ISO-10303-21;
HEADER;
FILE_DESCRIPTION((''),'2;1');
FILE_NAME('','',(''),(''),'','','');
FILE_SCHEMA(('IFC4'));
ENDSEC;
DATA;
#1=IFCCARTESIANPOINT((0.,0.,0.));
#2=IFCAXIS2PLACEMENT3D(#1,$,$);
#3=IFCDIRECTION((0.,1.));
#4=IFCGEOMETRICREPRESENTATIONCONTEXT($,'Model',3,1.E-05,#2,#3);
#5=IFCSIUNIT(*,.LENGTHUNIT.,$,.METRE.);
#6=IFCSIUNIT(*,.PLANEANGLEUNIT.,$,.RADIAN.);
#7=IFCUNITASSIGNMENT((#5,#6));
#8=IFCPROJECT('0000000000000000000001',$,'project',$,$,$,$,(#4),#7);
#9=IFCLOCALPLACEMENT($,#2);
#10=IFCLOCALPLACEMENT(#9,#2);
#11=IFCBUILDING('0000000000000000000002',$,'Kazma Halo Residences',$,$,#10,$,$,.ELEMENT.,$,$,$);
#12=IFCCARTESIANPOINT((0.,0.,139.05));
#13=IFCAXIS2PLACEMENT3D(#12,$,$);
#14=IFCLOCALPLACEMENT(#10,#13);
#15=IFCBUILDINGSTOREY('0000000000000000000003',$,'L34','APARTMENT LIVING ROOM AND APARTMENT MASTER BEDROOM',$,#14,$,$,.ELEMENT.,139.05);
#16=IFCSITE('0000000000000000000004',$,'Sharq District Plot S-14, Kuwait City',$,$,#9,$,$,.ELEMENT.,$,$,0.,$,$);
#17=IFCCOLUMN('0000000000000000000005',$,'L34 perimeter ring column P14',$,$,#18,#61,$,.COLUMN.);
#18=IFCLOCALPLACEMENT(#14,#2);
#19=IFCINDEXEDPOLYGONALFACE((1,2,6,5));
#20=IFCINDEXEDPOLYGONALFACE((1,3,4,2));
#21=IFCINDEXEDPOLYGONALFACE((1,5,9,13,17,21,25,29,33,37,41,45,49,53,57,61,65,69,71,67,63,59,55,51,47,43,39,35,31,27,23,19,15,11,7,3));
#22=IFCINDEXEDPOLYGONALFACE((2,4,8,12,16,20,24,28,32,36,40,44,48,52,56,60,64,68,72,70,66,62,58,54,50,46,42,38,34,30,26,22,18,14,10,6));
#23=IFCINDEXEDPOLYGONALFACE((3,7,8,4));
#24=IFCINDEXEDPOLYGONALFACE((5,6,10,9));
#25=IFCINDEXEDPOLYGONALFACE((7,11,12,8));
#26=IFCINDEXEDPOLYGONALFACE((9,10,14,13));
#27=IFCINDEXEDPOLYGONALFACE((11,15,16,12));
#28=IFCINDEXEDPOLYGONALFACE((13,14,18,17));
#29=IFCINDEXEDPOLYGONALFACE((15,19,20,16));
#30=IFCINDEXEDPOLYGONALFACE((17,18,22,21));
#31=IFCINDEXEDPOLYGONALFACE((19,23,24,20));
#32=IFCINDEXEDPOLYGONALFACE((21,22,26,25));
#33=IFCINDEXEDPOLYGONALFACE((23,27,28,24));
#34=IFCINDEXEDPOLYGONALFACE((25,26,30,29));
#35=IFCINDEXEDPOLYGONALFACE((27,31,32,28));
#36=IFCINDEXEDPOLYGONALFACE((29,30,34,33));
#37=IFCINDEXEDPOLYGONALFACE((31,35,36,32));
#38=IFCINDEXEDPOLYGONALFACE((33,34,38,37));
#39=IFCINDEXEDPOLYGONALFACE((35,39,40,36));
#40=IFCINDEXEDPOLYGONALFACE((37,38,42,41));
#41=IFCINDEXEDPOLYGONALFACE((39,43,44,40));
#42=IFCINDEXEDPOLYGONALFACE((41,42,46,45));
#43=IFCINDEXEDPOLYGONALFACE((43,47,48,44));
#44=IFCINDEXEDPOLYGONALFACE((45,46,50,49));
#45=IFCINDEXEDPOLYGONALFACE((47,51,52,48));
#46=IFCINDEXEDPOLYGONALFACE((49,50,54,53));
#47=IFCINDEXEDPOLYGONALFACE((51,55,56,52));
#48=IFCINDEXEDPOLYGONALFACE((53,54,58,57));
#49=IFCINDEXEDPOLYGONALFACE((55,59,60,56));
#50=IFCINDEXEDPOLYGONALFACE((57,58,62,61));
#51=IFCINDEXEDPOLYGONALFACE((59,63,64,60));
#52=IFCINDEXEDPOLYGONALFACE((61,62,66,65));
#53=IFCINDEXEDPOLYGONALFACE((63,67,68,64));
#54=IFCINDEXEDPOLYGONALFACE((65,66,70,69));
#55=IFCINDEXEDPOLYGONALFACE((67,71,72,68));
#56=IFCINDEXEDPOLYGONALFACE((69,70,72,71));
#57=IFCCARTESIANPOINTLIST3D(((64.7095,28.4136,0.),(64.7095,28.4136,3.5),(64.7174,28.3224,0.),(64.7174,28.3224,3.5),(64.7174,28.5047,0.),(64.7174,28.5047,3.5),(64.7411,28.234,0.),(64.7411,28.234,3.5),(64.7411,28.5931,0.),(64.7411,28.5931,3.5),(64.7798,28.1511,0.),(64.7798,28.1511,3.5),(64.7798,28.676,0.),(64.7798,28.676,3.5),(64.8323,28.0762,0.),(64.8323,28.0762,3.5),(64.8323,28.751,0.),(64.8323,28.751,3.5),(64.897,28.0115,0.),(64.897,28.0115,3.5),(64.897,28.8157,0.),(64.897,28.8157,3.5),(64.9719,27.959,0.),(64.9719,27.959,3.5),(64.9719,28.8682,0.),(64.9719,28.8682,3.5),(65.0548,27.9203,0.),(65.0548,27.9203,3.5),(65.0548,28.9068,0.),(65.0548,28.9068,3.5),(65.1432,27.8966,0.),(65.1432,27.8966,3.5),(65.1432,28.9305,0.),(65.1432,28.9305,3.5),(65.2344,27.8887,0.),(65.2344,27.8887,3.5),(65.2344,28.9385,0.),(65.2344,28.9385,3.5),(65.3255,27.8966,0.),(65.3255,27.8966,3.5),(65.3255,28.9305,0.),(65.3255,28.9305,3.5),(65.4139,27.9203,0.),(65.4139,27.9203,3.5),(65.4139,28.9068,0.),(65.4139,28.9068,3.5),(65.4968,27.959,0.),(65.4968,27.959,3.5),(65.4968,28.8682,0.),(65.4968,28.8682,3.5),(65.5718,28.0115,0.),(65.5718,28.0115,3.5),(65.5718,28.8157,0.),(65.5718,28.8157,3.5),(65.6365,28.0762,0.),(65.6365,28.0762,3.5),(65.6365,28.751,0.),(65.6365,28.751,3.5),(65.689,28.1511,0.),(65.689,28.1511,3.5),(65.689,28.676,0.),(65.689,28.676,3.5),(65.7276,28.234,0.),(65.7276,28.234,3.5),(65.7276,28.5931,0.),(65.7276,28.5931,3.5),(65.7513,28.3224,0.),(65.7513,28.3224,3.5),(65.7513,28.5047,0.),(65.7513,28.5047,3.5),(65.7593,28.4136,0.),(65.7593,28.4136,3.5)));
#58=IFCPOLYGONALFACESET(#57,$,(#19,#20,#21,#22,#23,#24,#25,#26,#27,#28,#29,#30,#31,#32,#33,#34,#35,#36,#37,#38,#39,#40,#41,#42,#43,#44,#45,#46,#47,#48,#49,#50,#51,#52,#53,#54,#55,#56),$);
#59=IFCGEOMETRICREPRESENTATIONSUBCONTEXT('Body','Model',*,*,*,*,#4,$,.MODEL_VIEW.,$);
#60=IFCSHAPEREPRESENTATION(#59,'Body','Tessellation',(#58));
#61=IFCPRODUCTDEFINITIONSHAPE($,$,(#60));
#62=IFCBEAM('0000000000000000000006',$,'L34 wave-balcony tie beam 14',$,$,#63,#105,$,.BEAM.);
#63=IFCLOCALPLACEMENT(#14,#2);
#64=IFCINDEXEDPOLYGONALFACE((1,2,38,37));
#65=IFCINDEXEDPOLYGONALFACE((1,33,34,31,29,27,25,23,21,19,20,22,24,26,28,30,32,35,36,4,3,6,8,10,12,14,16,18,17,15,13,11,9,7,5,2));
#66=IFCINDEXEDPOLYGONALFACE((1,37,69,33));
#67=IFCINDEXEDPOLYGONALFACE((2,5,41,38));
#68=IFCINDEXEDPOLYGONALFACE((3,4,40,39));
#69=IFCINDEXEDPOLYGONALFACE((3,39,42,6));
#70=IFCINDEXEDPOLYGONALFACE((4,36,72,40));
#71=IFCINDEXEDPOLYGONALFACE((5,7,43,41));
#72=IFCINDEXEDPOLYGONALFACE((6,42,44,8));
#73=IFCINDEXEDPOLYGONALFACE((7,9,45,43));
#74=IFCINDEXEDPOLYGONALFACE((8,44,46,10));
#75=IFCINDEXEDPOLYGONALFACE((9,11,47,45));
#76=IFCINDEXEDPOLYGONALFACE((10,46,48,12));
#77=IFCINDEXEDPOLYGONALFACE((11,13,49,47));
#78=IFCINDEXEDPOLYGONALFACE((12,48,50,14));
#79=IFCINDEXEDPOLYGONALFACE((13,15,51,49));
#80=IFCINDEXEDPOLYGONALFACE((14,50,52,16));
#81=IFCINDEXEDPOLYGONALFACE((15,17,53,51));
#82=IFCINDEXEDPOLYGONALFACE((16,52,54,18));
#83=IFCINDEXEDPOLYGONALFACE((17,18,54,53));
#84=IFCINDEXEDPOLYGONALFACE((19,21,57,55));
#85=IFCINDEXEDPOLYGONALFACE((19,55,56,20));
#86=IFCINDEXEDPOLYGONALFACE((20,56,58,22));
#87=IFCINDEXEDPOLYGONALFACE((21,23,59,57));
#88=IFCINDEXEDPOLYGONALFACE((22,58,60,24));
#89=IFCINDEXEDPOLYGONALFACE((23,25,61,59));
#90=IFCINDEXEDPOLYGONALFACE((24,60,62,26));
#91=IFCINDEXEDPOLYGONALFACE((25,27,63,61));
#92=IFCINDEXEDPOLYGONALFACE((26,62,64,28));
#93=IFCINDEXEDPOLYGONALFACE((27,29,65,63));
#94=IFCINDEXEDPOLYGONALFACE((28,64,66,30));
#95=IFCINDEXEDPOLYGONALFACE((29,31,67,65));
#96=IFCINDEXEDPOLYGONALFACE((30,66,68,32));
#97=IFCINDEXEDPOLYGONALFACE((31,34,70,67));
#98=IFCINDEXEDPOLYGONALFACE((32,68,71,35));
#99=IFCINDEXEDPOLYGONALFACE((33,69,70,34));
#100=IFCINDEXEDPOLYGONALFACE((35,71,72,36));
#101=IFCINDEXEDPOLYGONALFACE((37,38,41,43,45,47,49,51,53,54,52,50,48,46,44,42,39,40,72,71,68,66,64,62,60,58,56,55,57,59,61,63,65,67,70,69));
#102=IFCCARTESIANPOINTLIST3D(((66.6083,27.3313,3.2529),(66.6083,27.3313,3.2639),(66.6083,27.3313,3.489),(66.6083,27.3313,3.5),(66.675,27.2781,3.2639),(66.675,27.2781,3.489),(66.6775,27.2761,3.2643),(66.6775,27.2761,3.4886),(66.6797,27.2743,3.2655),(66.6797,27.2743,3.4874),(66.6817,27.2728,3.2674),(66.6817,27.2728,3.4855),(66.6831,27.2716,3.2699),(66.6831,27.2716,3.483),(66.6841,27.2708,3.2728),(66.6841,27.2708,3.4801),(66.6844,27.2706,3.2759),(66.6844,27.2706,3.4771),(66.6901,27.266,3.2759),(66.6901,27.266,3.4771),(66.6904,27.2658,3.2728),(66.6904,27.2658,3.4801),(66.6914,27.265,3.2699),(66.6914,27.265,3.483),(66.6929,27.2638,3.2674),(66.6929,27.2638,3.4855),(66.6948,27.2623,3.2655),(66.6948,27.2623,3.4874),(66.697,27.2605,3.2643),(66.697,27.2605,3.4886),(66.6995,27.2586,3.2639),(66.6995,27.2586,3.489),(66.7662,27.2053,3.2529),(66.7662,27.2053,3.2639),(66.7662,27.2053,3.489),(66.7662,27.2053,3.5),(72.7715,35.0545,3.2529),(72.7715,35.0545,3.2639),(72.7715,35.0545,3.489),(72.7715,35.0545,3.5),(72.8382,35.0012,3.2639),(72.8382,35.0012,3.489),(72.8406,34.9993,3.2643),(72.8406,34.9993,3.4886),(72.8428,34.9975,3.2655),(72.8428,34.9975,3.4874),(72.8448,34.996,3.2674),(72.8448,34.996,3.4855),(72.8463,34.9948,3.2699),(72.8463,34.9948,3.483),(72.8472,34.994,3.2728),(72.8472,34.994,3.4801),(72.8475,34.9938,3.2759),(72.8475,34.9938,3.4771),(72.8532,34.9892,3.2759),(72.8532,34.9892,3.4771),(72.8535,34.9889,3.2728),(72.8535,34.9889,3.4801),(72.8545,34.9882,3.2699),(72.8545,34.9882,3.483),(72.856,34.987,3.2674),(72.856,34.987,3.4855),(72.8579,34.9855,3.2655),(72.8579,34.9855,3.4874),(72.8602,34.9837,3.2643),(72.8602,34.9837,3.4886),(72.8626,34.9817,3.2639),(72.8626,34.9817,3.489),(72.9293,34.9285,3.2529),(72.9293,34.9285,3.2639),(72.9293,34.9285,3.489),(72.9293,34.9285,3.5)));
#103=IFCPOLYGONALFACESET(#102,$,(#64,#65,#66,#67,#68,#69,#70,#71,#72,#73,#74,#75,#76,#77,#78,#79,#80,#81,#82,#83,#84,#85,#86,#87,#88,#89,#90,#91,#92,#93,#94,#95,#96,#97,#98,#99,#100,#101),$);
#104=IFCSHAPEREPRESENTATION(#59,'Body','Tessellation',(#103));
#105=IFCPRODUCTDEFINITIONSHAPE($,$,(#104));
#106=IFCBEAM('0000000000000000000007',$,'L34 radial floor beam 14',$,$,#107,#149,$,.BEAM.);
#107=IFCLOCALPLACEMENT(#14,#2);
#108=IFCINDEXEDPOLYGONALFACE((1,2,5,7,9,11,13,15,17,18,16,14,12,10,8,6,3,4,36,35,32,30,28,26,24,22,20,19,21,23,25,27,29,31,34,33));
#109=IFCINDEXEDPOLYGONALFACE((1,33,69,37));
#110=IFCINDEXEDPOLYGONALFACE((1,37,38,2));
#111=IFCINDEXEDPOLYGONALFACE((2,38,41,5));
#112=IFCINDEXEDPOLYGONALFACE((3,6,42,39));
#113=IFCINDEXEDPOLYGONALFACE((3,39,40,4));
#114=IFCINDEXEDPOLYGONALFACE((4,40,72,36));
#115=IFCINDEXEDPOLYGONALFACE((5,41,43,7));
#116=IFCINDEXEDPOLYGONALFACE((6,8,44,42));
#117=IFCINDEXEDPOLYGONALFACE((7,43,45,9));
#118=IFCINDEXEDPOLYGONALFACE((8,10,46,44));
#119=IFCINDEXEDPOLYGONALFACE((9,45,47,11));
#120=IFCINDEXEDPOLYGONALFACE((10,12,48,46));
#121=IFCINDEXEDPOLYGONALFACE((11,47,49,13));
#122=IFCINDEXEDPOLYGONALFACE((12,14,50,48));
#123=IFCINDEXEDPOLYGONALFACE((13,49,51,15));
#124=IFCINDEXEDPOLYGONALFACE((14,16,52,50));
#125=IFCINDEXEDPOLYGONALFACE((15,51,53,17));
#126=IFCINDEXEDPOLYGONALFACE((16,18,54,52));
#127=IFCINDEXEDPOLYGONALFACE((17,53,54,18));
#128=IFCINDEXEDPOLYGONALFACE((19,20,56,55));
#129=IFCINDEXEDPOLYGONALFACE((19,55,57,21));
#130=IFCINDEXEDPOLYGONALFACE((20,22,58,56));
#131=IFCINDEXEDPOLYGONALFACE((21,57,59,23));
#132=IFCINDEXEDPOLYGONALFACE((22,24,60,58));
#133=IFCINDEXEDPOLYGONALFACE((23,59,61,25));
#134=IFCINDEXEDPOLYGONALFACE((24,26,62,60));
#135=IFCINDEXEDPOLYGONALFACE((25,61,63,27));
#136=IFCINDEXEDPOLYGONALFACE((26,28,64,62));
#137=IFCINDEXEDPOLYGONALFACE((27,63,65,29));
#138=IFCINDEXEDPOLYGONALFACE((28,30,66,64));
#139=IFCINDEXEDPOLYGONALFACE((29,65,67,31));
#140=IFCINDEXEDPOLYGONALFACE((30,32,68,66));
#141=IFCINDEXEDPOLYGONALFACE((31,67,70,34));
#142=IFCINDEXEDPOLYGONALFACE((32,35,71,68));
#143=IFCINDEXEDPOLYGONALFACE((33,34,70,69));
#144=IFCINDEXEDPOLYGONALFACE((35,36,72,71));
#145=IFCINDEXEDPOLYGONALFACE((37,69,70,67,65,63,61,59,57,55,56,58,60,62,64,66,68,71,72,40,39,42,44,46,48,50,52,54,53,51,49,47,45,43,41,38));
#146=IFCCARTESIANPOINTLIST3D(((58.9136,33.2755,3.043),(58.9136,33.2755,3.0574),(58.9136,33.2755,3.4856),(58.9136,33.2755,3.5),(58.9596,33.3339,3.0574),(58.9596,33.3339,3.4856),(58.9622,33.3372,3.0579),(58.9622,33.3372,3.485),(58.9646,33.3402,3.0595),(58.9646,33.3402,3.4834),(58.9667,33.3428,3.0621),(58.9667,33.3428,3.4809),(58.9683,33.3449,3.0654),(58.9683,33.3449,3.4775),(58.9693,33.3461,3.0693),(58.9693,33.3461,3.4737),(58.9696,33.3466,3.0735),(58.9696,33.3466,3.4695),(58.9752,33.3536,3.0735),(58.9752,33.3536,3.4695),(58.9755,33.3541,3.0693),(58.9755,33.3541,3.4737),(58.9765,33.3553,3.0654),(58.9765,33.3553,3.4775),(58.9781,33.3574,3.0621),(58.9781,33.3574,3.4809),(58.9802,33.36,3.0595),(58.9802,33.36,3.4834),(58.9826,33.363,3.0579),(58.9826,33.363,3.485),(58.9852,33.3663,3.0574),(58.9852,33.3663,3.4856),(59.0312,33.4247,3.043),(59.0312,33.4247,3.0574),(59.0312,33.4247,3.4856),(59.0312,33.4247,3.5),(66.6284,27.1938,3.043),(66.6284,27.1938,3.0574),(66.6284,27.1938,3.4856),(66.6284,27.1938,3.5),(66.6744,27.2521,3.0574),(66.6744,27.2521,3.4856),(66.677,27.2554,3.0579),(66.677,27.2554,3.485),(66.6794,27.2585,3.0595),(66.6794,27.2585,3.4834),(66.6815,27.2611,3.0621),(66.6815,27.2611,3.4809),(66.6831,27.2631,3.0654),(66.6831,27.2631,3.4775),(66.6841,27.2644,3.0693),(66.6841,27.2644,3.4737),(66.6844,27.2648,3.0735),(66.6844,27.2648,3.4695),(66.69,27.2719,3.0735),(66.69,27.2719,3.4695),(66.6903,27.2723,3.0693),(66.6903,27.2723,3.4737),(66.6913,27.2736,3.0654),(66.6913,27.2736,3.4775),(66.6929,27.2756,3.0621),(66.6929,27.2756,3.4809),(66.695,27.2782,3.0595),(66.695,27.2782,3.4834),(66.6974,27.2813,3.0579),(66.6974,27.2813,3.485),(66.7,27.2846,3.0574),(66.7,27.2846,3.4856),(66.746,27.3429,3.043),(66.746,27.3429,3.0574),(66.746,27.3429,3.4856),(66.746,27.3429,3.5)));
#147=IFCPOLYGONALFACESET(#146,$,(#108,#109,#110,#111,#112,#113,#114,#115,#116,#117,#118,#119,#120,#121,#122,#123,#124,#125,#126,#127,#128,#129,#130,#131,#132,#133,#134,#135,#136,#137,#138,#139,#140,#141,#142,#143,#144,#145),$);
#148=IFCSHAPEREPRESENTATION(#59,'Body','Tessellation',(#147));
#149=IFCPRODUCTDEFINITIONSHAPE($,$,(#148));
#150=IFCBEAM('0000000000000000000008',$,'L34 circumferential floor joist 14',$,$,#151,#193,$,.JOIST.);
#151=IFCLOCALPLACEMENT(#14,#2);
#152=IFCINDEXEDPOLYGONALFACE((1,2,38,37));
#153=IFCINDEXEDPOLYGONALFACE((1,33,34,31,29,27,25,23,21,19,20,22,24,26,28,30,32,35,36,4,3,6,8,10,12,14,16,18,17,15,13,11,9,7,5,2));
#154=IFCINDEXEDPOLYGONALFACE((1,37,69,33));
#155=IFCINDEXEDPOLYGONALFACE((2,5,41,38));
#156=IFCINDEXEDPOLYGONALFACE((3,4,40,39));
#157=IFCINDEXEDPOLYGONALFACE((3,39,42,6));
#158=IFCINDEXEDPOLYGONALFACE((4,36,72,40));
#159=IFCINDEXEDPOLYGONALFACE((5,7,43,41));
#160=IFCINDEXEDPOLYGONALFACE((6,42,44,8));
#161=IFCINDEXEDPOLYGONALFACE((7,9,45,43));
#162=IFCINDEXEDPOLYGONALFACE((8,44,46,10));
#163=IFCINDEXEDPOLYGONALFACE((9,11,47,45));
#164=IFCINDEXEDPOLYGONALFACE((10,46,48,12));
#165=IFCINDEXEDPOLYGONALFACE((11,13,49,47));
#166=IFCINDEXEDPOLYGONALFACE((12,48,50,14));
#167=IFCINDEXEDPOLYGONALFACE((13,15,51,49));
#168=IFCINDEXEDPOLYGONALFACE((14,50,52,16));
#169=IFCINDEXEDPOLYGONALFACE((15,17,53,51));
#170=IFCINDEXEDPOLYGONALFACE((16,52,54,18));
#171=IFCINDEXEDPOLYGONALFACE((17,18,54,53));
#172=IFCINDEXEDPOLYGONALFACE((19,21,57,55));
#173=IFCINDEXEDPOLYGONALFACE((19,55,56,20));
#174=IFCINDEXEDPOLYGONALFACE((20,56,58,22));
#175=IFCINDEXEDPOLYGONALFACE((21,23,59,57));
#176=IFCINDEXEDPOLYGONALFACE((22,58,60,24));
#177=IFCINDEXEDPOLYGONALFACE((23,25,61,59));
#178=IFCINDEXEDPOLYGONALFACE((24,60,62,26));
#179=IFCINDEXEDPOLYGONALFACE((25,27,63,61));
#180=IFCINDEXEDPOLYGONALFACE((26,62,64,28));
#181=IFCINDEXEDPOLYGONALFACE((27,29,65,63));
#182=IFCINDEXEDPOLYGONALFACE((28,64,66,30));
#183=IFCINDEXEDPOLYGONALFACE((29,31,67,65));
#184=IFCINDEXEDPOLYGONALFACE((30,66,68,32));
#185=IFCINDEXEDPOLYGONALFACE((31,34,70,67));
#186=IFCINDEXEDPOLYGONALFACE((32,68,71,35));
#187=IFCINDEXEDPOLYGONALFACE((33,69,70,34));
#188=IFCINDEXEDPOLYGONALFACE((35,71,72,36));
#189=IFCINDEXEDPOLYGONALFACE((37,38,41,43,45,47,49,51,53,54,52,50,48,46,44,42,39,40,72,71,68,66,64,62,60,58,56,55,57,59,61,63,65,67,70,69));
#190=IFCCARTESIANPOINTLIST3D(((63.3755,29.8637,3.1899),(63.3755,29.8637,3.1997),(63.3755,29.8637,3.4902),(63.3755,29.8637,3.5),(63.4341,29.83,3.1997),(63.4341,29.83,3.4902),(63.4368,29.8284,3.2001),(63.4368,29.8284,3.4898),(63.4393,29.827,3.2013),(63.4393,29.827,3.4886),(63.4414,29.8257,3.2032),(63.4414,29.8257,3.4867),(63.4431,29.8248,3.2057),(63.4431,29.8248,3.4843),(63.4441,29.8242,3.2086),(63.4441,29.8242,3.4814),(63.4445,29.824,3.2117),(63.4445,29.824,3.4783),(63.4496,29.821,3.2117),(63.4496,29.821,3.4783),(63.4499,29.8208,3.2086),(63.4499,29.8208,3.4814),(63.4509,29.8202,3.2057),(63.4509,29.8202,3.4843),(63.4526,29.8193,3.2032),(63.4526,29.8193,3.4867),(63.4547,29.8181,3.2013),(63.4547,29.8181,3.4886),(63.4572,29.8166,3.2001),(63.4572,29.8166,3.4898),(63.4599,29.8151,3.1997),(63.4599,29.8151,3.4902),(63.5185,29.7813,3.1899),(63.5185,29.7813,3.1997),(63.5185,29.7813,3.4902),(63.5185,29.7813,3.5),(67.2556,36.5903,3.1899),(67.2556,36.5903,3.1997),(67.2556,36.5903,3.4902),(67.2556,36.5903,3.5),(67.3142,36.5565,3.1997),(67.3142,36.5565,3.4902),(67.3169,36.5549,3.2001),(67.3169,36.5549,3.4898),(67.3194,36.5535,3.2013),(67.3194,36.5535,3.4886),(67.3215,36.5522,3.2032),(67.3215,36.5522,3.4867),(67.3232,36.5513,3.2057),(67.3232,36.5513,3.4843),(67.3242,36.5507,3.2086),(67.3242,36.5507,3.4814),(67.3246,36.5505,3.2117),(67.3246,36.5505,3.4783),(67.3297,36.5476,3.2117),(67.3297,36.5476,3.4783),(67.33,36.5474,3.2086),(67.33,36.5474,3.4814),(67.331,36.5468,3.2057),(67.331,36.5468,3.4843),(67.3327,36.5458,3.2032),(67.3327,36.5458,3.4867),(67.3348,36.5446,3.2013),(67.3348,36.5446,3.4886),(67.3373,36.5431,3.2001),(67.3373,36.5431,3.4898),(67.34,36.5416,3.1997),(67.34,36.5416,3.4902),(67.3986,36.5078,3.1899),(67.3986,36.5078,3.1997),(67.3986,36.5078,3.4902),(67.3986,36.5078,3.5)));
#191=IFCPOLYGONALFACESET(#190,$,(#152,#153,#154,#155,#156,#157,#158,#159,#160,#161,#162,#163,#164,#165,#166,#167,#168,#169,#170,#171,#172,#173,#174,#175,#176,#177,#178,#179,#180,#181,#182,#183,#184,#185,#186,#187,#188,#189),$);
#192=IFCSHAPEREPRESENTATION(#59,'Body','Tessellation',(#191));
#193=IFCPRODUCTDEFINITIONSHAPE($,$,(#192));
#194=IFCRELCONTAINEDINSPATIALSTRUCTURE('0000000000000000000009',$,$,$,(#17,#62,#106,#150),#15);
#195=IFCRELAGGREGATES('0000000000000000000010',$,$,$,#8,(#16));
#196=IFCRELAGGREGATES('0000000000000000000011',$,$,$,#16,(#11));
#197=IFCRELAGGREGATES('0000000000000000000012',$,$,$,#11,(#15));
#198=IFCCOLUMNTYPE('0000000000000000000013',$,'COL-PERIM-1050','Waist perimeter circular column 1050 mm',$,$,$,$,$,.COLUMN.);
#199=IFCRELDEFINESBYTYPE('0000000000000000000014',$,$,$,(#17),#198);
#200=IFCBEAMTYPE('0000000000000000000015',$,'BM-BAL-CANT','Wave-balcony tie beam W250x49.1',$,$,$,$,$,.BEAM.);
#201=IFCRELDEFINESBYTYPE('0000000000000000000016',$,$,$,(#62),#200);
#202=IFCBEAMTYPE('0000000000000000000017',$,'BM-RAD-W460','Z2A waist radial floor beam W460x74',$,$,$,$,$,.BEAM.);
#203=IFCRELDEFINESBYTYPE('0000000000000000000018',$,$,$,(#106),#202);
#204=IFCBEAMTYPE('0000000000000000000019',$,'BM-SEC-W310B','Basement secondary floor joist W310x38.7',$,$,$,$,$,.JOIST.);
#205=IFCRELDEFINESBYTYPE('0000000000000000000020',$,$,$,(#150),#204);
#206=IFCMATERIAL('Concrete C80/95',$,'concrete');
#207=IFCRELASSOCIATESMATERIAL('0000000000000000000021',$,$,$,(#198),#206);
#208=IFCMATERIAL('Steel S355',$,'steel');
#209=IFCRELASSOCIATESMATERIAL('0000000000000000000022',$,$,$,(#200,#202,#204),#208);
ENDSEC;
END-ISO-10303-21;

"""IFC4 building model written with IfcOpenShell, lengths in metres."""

from ifc_helpers import new_model, si_unit, direction, frame, origin, origin_2d, place, context, subcontext, project, spatial, circle, i_section, extrude, material, material_profile, profile_set, type_object, element, save


model = new_model("IFC4")

# Units and contexts
model_context = context("Model", 3, precision=1e-05, world=origin(), true_north=direction((0.0, 1.0)))
body_context = subcontext(model_context, "Body", "Model", "MODEL_VIEW")
ifc_project = project(units=[si_unit("LENGTHUNIT", "METRE"), si_unit("PLANEANGLEUNIT", "RADIAN")], contexts=[model_context])

# Site, building, storey
site_placement = place(None, origin())
site = spatial("IfcSite", under=ifc_project, at=site_placement, Name="Sharq District Plot S-14, Kuwait City", CompositionType="ELEMENT", RefElevation=0.0)
building_placement = place(site_placement, origin())
building = spatial("IfcBuilding", under=site, at=building_placement, Name="Kazma Halo Residences", CompositionType="ELEMENT")
storey_placement = place(building_placement, frame((0.0, 0.0, 139.05)))
storey = spatial("IfcBuildingStorey", under=building, at=storey_placement, Name="L34", Description="APARTMENT LIVING ROOM AND APARTMENT MASTER BEDROOM", CompositionType="ELEMENT", Elevation=139.05)

# Column
ifc_material_1 = material(Name="Concrete C80/95", Category="concrete")
ifc_material_profile_1 = material_profile(ifc_material_1, circle(Radius=0.5249, at=origin_2d()), Name="CIRC1050")
ifc_profile_set_1 = profile_set([ifc_material_profile_1], Name="Concrete C80/95")
column_type = type_object("IfcColumnType", Name="COL-PERIM-1050", Description="Waist perimeter circular column 1050 mm", PredefinedType="COLUMN", material=ifc_profile_set_1)
column_placement = place(storey_placement, frame((65.2344, 28.4136, 0.0), z_axis=(0.0, 0.0, 1.0), x_axis=(1.0, 0.0, 0.0)))
element("IfcColumn", 1, at=column_placement, inside=storey, type_object=column_type, Name="L34 perimeter ring column P14", PredefinedType="COLUMN", context=body_context, shape_type="SweptSolid", body=[
    extrude(circle(Radius=0.5249, at=origin_2d()), origin(), (0.0, 0.0, 1.0), 3.5),
])

# Beams
ifc_material_2 = material(Name="Steel S355", Category="steel")
ifc_material_profile_2 = material_profile(ifc_material_2, i_section(OverallWidth=0.2019, OverallDepth=0.2471, WebThickness=0.0073, FlangeThickness=0.011, FilletRadius=0.012, at=origin_2d()), Name="W250x49.1")
ifc_profile_set_2 = profile_set([ifc_material_profile_2], Name="Steel S355")
beam_type_1 = type_object("IfcBeamType", Name="BM-BAL-CANT", Description="Wave-balcony tie beam W250x49.1", PredefinedType="BEAM", material=ifc_profile_set_2)
beam_1_placement = place(storey_placement, frame((66.6873, 27.2683, 3.3765), z_axis=(0.623742, 0.78163, 0.0), x_axis=(-0.78163, 0.623742, 0.0)))
element("IfcBeam", 2, at=beam_1_placement, inside=storey, type_object=beam_type_1, Name="L34 wave-balcony tie beam 14", PredefinedType="BEAM", context=body_context, shape_type="SweptSolid", body=[
    extrude(i_section(OverallWidth=0.2019, OverallDepth=0.2471, WebThickness=0.0073, FlangeThickness=0.011, FilletRadius=0.012, at=origin_2d()), origin(), (0.0, 0.0, 1.0), 9.8809),
])
ifc_material_profile_3 = material_profile(ifc_material_2, i_section(OverallWidth=0.1899, OverallDepth=0.457, WebThickness=0.009, FlangeThickness=0.0144, FilletRadius=0.0161, at=origin_2d()), Name="W460x74")
ifc_profile_set_3 = profile_set([ifc_material_profile_3], Name="Steel S355")
beam_type_2 = type_object("IfcBeamType", Name="BM-RAD-W460", Description="Z2A waist radial floor beam W460x74", PredefinedType="BEAM", material=ifc_profile_set_3)
beam_2_placement = place(storey_placement, frame((58.9724, 33.3501, 3.2715), z_axis=(0.785322, -0.619087, 0.0), x_axis=(0.619087, 0.785322, 0.0)))
element("IfcBeam", 3, at=beam_2_placement, inside=storey, type_object=beam_type_2, Name="L34 radial floor beam 14", PredefinedType="BEAM", context=body_context, shape_type="SweptSolid", body=[
    extrude(i_section(OverallWidth=0.1899, OverallDepth=0.457, WebThickness=0.009, FlangeThickness=0.0144, FilletRadius=0.0161, at=origin_2d()), origin(), (0.0, 0.0, 1.0), 9.8237),
])
ifc_material_profile_4 = material_profile(ifc_material_2, i_section(OverallWidth=0.165, OverallDepth=0.3101, WebThickness=0.0059, FlangeThickness=0.0098, FilletRadius=0.012, at=origin_2d()), Name="W310x38.7")
ifc_profile_set_4 = profile_set([ifc_material_profile_4], Name="Steel S355")
beam_type_3 = type_object("IfcBeamType", Name="BM-SEC-W310B", Description="Basement secondary floor joist W310x38.7", PredefinedType="JOIST", material=ifc_profile_set_4)
beam_3_placement = place(storey_placement, frame((63.447, 29.8225, 3.345), z_axis=(0.499666, 0.866218, 0.0), x_axis=(-0.866218, 0.499666, 0.0)))
element("IfcBeam", 4, at=beam_3_placement, inside=storey, type_object=beam_type_3, Name="L34 circumferential floor joist 14", PredefinedType="JOIST", context=body_context, shape_type="SweptSolid", body=[
    extrude(i_section(OverallWidth=0.165, OverallDepth=0.3101, WebThickness=0.0059, FlangeThickness=0.0098, FilletRadius=0.012, at=origin_2d()), origin(), (0.0, 0.0, 1.0), 7.7654),
])

save(model, "model.ifc")
